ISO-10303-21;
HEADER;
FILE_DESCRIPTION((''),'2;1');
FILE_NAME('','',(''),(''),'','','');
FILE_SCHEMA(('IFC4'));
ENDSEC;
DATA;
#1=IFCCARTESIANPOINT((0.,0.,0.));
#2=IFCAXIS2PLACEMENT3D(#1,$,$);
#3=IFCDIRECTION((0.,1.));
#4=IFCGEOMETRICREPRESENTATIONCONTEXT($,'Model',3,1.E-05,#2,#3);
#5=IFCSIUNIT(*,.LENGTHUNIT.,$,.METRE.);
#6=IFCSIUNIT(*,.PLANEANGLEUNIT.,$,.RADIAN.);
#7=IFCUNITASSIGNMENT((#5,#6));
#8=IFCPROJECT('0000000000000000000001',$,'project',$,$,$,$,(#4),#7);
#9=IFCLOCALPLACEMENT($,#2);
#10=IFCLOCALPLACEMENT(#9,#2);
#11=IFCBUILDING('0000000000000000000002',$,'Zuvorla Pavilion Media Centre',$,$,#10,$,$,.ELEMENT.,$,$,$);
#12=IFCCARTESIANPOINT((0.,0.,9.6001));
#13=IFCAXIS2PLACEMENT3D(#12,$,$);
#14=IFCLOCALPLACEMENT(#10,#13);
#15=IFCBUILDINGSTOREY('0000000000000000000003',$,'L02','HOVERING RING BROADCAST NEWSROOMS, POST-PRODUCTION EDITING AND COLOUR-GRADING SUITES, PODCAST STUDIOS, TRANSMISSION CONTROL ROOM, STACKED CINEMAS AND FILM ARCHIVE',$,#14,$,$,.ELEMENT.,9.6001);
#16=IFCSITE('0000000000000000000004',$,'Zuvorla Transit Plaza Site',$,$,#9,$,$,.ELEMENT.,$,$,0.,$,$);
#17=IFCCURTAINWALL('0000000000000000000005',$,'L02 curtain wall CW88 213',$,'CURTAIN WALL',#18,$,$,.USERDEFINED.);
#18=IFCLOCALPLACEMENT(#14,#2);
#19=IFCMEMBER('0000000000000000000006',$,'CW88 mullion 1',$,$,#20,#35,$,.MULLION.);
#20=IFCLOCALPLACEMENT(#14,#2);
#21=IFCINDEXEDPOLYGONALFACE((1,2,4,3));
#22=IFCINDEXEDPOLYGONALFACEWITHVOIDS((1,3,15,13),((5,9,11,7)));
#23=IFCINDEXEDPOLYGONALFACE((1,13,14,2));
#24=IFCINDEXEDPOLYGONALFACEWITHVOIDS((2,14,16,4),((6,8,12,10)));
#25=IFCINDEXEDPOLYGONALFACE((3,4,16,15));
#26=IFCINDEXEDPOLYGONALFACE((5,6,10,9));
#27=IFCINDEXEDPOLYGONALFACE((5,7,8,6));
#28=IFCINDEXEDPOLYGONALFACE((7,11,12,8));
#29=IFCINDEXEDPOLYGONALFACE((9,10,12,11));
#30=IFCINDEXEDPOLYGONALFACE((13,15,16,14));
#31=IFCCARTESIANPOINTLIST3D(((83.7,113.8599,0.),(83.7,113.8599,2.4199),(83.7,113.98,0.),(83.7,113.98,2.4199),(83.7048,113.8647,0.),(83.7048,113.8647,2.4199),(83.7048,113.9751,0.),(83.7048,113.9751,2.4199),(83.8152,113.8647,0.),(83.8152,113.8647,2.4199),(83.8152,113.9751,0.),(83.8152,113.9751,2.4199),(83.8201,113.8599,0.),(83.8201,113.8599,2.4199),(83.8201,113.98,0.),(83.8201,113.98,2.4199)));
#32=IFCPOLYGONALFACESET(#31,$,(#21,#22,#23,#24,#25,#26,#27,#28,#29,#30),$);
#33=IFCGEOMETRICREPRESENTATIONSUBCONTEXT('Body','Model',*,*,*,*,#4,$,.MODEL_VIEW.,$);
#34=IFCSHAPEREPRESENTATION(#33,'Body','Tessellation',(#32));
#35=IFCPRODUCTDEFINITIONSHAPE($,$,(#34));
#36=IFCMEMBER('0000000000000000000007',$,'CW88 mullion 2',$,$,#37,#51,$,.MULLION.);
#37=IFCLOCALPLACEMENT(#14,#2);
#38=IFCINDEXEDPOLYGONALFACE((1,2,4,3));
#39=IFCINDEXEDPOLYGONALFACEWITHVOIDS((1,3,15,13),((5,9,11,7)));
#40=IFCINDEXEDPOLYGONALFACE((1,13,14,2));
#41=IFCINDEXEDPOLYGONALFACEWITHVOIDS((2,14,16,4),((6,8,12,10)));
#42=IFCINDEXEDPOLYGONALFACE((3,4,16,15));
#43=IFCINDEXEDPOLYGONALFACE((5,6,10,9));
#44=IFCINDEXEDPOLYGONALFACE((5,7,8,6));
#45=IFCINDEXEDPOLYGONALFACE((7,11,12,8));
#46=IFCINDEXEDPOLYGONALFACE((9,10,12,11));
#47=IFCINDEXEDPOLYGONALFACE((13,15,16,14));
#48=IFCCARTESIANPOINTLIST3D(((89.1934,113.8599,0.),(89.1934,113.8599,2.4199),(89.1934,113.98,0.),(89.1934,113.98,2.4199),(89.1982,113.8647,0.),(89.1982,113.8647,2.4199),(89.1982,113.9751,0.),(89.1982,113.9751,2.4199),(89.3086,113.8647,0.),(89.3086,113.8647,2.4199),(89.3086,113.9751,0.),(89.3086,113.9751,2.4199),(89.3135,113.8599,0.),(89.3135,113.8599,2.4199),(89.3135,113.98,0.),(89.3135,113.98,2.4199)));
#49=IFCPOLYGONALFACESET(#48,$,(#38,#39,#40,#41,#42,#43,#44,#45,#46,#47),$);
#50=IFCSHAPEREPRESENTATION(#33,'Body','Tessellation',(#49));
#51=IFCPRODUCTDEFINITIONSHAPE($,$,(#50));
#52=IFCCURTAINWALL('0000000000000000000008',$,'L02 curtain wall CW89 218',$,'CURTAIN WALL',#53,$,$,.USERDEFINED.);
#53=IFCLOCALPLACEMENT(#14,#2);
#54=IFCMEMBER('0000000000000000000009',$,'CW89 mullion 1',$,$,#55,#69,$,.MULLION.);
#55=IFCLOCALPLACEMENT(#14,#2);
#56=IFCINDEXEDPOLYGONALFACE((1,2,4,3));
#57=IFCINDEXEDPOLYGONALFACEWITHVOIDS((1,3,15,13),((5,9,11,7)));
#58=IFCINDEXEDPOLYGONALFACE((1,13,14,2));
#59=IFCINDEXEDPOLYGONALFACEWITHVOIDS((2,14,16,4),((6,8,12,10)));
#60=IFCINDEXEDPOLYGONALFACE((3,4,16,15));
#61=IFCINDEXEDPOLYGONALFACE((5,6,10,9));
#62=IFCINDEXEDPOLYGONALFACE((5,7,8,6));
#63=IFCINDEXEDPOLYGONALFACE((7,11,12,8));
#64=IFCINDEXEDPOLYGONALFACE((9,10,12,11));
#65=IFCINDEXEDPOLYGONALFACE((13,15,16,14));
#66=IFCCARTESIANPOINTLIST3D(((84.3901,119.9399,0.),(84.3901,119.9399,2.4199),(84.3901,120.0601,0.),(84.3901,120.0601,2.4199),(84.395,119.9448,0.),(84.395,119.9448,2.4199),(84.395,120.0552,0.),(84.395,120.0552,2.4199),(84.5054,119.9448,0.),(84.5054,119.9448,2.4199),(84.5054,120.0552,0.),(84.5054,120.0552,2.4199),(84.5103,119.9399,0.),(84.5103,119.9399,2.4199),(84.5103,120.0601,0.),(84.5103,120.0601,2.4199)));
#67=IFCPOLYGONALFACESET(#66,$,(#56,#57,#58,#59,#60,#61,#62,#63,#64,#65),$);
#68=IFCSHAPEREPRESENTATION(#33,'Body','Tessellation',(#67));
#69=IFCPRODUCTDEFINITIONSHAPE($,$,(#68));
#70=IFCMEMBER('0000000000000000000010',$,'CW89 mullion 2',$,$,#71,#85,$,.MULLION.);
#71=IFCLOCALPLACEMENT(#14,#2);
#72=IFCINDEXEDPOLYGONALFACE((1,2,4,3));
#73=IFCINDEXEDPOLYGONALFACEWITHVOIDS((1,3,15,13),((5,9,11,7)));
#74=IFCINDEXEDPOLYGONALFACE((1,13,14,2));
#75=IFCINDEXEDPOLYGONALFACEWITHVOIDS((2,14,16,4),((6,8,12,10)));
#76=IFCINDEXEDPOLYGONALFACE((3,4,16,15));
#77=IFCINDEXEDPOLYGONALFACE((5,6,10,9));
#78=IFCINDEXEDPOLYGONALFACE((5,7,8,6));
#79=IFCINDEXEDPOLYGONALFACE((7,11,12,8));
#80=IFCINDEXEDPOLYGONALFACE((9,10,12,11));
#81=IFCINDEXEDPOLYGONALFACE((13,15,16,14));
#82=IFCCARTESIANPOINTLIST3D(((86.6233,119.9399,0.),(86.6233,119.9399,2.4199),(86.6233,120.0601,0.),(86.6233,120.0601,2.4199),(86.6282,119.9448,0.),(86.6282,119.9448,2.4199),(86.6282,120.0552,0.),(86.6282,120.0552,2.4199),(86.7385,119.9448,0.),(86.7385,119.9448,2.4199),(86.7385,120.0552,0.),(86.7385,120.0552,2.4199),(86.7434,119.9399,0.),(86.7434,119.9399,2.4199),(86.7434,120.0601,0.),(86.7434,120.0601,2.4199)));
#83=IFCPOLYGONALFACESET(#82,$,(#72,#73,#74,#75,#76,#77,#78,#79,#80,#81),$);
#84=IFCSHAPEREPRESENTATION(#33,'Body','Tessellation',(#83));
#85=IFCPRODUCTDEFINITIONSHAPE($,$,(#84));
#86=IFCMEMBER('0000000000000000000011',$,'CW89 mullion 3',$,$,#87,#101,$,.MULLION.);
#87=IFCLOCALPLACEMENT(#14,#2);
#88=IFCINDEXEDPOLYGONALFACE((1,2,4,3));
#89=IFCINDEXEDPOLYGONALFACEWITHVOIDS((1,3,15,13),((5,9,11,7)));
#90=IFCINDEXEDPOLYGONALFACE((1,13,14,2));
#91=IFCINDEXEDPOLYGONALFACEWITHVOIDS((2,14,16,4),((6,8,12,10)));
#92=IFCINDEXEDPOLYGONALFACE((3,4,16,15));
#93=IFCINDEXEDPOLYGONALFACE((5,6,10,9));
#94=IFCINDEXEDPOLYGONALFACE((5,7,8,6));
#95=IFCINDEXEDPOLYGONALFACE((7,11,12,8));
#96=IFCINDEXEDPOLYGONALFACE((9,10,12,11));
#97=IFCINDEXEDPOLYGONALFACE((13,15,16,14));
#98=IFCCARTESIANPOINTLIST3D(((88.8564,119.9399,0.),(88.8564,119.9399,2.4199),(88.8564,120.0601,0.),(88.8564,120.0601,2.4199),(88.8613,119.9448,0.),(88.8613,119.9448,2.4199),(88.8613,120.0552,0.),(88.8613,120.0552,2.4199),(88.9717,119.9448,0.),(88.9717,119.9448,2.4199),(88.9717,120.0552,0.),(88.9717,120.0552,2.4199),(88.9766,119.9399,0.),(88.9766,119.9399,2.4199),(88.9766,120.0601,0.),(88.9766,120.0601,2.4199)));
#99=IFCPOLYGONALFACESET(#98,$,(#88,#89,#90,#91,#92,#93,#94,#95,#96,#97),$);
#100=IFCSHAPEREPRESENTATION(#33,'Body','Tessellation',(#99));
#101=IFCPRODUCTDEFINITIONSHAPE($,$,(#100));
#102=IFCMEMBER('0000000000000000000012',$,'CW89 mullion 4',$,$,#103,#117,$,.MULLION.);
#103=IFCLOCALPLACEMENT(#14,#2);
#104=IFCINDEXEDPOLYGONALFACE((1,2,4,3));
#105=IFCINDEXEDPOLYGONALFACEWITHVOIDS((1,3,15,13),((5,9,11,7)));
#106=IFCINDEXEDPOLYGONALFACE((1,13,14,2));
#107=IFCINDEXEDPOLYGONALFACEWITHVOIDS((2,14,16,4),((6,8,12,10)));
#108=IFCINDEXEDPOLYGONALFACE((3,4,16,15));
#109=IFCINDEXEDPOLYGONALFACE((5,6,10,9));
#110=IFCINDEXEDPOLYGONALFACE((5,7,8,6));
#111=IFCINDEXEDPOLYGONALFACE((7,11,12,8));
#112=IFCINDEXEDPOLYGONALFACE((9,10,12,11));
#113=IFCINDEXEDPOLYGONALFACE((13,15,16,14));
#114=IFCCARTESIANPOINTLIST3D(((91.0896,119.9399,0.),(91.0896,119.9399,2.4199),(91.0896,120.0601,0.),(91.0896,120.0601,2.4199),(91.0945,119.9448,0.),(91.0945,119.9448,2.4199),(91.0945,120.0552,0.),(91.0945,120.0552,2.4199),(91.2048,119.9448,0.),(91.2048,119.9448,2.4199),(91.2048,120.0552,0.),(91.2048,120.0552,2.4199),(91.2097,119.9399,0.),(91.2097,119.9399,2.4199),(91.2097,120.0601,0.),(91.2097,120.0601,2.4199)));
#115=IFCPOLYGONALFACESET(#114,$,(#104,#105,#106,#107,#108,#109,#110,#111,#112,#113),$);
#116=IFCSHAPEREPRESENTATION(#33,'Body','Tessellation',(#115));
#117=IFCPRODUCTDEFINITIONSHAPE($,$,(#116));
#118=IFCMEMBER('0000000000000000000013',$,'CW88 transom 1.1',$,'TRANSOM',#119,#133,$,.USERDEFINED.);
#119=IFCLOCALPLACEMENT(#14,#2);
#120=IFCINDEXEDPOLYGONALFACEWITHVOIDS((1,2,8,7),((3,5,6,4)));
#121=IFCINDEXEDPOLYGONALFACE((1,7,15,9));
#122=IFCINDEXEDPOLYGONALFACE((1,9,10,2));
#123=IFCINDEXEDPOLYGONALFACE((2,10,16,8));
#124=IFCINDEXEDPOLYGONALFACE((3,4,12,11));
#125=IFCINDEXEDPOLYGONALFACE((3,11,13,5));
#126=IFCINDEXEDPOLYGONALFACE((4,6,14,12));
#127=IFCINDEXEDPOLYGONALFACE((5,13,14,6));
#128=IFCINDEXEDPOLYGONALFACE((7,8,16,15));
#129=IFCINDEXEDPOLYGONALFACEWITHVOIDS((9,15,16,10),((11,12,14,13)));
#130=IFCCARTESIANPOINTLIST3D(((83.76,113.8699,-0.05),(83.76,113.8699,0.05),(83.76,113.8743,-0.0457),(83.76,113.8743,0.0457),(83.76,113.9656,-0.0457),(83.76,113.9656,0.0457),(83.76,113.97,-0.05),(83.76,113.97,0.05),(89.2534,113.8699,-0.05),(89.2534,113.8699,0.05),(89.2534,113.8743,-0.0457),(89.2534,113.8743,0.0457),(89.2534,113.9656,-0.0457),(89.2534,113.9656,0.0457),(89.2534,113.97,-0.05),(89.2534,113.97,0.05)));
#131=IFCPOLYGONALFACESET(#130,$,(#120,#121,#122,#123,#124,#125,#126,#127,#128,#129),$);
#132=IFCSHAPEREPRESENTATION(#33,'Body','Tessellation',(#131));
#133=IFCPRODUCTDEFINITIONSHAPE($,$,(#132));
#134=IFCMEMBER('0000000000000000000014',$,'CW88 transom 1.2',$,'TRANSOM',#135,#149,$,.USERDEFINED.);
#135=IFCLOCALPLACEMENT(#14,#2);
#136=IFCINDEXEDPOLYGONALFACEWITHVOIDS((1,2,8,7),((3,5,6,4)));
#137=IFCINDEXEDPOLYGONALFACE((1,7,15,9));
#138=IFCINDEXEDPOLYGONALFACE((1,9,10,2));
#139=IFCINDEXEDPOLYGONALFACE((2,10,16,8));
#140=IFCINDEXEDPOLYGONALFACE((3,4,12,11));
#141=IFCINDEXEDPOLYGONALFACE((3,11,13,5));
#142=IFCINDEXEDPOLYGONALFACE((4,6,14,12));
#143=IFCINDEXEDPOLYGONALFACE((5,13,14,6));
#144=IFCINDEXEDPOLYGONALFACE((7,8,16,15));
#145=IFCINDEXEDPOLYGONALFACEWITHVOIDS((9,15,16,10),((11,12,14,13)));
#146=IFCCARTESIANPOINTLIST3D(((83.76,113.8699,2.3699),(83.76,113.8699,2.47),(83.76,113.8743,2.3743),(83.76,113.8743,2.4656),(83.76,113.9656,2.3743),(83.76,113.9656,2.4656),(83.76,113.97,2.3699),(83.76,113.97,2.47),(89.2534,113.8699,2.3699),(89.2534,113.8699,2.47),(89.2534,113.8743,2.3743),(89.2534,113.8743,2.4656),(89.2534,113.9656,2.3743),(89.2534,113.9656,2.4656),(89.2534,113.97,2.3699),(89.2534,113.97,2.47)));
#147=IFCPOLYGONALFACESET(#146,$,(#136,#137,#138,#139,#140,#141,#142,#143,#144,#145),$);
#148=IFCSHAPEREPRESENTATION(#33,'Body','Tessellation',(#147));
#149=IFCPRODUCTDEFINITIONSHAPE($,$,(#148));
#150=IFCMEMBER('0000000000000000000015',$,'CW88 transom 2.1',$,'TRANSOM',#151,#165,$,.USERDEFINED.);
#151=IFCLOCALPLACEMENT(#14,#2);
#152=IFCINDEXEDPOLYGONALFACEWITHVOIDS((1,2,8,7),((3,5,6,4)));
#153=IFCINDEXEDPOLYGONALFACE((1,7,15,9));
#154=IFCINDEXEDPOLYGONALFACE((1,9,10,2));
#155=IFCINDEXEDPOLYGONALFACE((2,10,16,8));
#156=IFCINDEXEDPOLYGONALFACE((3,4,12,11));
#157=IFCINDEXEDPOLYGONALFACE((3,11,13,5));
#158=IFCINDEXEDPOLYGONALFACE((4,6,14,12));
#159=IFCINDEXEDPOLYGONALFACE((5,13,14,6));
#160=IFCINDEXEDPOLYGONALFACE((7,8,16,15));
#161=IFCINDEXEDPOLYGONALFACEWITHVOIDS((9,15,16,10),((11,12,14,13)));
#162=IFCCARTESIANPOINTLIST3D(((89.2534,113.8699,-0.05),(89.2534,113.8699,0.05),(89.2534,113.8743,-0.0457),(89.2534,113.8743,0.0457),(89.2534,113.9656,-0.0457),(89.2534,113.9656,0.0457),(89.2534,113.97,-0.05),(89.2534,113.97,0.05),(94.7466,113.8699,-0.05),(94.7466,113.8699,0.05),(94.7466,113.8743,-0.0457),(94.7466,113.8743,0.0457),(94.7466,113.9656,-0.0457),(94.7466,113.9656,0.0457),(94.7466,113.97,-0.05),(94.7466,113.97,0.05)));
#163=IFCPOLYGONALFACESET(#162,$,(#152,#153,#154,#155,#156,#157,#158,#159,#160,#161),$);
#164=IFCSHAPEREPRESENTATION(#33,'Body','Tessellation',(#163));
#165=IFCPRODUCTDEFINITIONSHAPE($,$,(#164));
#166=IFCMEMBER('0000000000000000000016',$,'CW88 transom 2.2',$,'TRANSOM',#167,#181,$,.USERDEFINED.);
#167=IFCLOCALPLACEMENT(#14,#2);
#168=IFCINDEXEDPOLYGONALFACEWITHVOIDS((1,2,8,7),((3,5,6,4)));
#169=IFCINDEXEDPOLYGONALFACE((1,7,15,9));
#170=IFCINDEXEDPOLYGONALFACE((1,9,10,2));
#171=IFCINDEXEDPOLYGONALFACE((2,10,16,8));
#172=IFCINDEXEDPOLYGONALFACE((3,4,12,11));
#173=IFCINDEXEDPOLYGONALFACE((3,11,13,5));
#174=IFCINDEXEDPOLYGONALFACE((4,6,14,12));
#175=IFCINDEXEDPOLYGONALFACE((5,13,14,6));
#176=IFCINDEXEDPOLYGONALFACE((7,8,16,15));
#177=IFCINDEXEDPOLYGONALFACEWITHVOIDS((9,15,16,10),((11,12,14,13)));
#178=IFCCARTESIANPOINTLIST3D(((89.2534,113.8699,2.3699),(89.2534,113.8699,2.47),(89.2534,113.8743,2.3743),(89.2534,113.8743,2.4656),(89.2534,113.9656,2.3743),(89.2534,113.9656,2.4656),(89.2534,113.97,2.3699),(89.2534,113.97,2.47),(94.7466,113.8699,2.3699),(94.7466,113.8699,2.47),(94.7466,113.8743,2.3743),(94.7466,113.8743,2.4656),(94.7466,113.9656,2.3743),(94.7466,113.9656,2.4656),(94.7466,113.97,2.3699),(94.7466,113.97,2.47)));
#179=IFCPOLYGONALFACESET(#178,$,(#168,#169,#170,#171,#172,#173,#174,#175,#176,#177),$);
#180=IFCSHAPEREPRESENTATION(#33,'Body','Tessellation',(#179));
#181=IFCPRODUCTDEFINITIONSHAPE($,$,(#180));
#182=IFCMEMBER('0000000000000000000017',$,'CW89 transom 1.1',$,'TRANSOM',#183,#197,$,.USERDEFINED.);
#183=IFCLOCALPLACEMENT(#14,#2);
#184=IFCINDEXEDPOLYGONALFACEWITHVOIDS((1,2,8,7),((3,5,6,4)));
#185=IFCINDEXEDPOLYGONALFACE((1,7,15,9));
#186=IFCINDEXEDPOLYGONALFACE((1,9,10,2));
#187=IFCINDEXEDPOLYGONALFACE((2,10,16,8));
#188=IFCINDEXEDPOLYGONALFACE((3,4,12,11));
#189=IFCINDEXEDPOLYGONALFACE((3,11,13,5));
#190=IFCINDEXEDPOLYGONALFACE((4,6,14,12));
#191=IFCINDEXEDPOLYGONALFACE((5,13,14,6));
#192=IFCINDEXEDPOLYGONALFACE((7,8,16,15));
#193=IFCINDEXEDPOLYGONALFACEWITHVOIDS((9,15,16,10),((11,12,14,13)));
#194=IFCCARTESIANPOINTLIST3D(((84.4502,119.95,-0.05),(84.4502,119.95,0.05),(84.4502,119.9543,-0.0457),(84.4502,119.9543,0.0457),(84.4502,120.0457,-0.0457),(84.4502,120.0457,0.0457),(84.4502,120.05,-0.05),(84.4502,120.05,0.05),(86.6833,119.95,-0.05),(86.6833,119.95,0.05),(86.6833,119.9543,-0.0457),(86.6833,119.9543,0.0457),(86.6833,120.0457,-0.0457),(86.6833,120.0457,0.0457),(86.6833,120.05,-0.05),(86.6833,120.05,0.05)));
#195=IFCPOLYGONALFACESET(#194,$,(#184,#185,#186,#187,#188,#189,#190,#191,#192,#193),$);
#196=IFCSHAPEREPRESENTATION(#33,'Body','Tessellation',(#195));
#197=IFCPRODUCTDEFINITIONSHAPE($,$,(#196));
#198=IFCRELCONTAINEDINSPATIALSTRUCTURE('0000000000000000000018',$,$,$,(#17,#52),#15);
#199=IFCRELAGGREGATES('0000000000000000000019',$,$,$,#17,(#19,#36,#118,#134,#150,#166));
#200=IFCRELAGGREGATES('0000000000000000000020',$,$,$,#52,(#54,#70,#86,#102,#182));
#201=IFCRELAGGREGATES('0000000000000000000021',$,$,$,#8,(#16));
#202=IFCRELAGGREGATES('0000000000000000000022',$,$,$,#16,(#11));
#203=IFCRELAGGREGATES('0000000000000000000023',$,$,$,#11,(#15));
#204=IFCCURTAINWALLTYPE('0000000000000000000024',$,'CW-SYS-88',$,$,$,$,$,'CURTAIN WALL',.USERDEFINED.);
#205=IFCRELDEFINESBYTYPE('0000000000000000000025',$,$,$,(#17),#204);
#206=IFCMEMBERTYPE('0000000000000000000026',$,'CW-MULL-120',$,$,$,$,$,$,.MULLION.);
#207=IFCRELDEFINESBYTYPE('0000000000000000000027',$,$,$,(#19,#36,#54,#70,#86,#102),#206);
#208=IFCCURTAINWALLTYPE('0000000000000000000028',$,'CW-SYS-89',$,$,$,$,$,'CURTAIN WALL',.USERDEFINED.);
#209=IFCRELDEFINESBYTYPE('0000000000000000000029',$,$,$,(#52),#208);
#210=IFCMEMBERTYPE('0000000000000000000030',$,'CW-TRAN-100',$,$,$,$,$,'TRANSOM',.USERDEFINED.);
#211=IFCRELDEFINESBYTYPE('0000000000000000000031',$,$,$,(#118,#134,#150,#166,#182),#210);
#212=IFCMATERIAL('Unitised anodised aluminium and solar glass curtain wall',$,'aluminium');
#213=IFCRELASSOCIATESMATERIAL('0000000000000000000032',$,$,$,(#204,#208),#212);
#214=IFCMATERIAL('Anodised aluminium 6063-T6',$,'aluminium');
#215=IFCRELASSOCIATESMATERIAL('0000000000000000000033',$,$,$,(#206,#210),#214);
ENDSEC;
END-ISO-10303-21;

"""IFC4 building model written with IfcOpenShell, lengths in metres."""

from ifc_helpers import new_model, si_unit, direction, frame, origin, origin_2d, place, context, subcontext, project, spatial, hollow_rectangle, extrude, material, material_profile, profile_set, type_object, element, aggregate, save


model = new_model("IFC4")

# Units and contexts
model_context = context("Model", 3, precision=1e-05, world=origin(), true_north=direction((0.0, 1.0)))
body_context = subcontext(model_context, "Body", "Model", "MODEL_VIEW")
ifc_project = project(units=[si_unit("LENGTHUNIT", "METRE"), si_unit("PLANEANGLEUNIT", "RADIAN")], contexts=[model_context])

# Site, building, storey
site_placement = place(None, origin())
site = spatial("IfcSite", under=ifc_project, at=site_placement, Name="Zuvorla Transit Plaza Site", CompositionType="ELEMENT", RefElevation=0.0)
building_placement = place(site_placement, origin())
building = spatial("IfcBuilding", under=site, at=building_placement, Name="Zuvorla Pavilion Media Centre", CompositionType="ELEMENT")
storey_placement = place(building_placement, frame((0.0, 0.0, 9.6001)))
storey = spatial("IfcBuildingStorey", under=building, at=storey_placement, Name="L02", Description="HOVERING RING BROADCAST NEWSROOMS, POST-PRODUCTION EDITING AND COLOUR-GRADING SUITES, PODCAST STUDIOS, TRANSMISSION CONTROL ROOM, STACKED CINEMAS AND FILM ARCHIVE", CompositionType="ELEMENT", Elevation=9.6001)

# Curtain walls, members
ifc_material_1 = material(Name="Unitised anodised aluminium and solar glass curtain wall", Category="aluminium")
curtain_wall_type_1 = type_object("IfcCurtainWallType", Name="CW-SYS-88", ElementType="CURTAIN WALL", PredefinedType="USERDEFINED", material=ifc_material_1)
curtain_wall_1_placement = place(storey_placement, origin())
curtain_wall_1 = element("IfcCurtainWall", 1, at=curtain_wall_1_placement, inside=storey, type_object=curtain_wall_type_1, Name="L02 curtain wall CW88 213", ObjectType="CURTAIN WALL", PredefinedType="USERDEFINED")
ifc_material_2 = material(Name="Anodised aluminium 6063-T6", Category="aluminium")
ifc_material_profile_1 = material_profile(ifc_material_2, hollow_rectangle(XDim=0.1201, YDim=0.1201, WallThickness=0.0049, at=origin_2d()), Name="ALU MULL 120x120")
ifc_profile_set_1 = profile_set([ifc_material_profile_1], Name="Anodised aluminium 6063-T6")
member_type_1 = type_object("IfcMemberType", Name="CW-MULL-120", PredefinedType="MULLION", material=ifc_profile_set_1)
member_1_placement = place(storey_placement, frame((83.76, 113.9199, 0.0), z_axis=(0.0, 0.0, 1.0), x_axis=(1.0, 0.0, 0.0)))
member_1 = element("IfcMember", 2, at=member_1_placement, type_object=member_type_1, Name="CW88 mullion 1", PredefinedType="MULLION", context=body_context, shape_type="SweptSolid", body=[
    extrude(hollow_rectangle(XDim=0.1201, YDim=0.1201, WallThickness=0.0049, at=origin_2d()), origin(), (0.0, 0.0, 1.0), 2.4199),
])
member_2_placement = place(storey_placement, frame((89.2534, 113.9199, 0.0), z_axis=(0.0, 0.0, 1.0), x_axis=(1.0, 0.0, 0.0)))
member_2 = element("IfcMember", 3, at=member_2_placement, type_object=member_type_1, Name="CW88 mullion 2", PredefinedType="MULLION", context=body_context, shape_type="SweptSolid", body=[
    extrude(hollow_rectangle(XDim=0.1201, YDim=0.1201, WallThickness=0.0049, at=origin_2d()), origin(), (0.0, 0.0, 1.0), 2.4199),
])
curtain_wall_type_2 = type_object("IfcCurtainWallType", Name="CW-SYS-89", ElementType="CURTAIN WALL", PredefinedType="USERDEFINED", material=ifc_material_1)
curtain_wall_2_placement = place(storey_placement, origin())
curtain_wall_2 = element("IfcCurtainWall", 4, at=curtain_wall_2_placement, inside=storey, type_object=curtain_wall_type_2, Name="L02 curtain wall CW89 218", ObjectType="CURTAIN WALL", PredefinedType="USERDEFINED")
member_3_placement = place(storey_placement, frame((84.4502, 120.0, 0.0), z_axis=(0.0, 0.0, 1.0), x_axis=(1.0, 0.0, 0.0)))
member_3 = element("IfcMember", 5, at=member_3_placement, type_object=member_type_1, Name="CW89 mullion 1", PredefinedType="MULLION", context=body_context, shape_type="SweptSolid", body=[
    extrude(hollow_rectangle(XDim=0.1201, YDim=0.1201, WallThickness=0.0049, at=origin_2d()), origin(), (0.0, 0.0, 1.0), 2.4199),
])
member_4_placement = place(storey_placement, frame((86.6833, 120.0, 0.0), z_axis=(0.0, 0.0, 1.0), x_axis=(1.0, 0.0, 0.0)))
member_4 = element("IfcMember", 6, at=member_4_placement, type_object=member_type_1, Name="CW89 mullion 2", PredefinedType="MULLION", context=body_context, shape_type="SweptSolid", body=[
    extrude(hollow_rectangle(XDim=0.1201, YDim=0.1201, WallThickness=0.0049, at=origin_2d()), origin(), (0.0, 0.0, 1.0), 2.4199),
])
member_5_placement = place(storey_placement, frame((88.9165, 120.0, 0.0), z_axis=(0.0, 0.0, 1.0), x_axis=(1.0, 0.0, 0.0)))
member_5 = element("IfcMember", 7, at=member_5_placement, type_object=member_type_1, Name="CW89 mullion 3", PredefinedType="MULLION", context=body_context, shape_type="SweptSolid", body=[
    extrude(hollow_rectangle(XDim=0.1201, YDim=0.1201, WallThickness=0.0049, at=origin_2d()), origin(), (0.0, 0.0, 1.0), 2.4199),
])
member_6_placement = place(storey_placement, frame((91.1497, 120.0, 0.0), z_axis=(0.0, 0.0, 1.0), x_axis=(1.0, 0.0, 0.0)))
member_6 = element("IfcMember", 8, at=member_6_placement, type_object=member_type_1, Name="CW89 mullion 4", PredefinedType="MULLION", context=body_context, shape_type="SweptSolid", body=[
    extrude(hollow_rectangle(XDim=0.1201, YDim=0.1201, WallThickness=0.0049, at=origin_2d()), origin(), (0.0, 0.0, 1.0), 2.4199),
])

# Members
ifc_material_profile_2 = material_profile(ifc_material_2, hollow_rectangle(XDim=0.1001, YDim=0.1001, WallThickness=0.0044, at=origin_2d()), Name="ALU TRAN 100x100")
ifc_profile_set_2 = profile_set([ifc_material_profile_2], Name="Anodised aluminium 6063-T6")
member_type_2 = type_object("IfcMemberType", Name="CW-TRAN-100", ElementType="TRANSOM", PredefinedType="USERDEFINED", material=ifc_profile_set_2)
member_7_placement = place(storey_placement, frame((83.76, 113.9199, 0.0), z_axis=(1.0, 0.0, 0.0), x_axis=(0.0, 1.0, 0.0)))
member_7 = element("IfcMember", 9, at=member_7_placement, type_object=member_type_2, Name="CW88 transom 1.1", ObjectType="TRANSOM", PredefinedType="USERDEFINED", context=body_context, shape_type="SweptSolid", body=[
    extrude(hollow_rectangle(XDim=0.1001, YDim=0.1001, WallThickness=0.0044, at=origin_2d()), origin(), (0.0, 0.0, 1.0), 5.4934),
])
member_8_placement = place(storey_placement, frame((83.76, 113.9199, 2.4199), z_axis=(1.0, 0.0, 0.0), x_axis=(0.0, 1.0, 0.0)))
member_8 = element("IfcMember", 10, at=member_8_placement, type_object=member_type_2, Name="CW88 transom 1.2", ObjectType="TRANSOM", PredefinedType="USERDEFINED", context=body_context, shape_type="SweptSolid", body=[
    extrude(hollow_rectangle(XDim=0.1001, YDim=0.1001, WallThickness=0.0044, at=origin_2d()), origin(), (0.0, 0.0, 1.0), 5.4934),
])
member_9_placement = place(storey_placement, frame((89.2534, 113.9199, 0.0), z_axis=(1.0, 0.0, 0.0), x_axis=(0.0, 1.0, 0.0)))
member_9 = element("IfcMember", 11, at=member_9_placement, type_object=member_type_2, Name="CW88 transom 2.1", ObjectType="TRANSOM", PredefinedType="USERDEFINED", context=body_context, shape_type="SweptSolid", body=[
    extrude(hollow_rectangle(XDim=0.1001, YDim=0.1001, WallThickness=0.0044, at=origin_2d()), origin(), (0.0, 0.0, 1.0), 5.4932),
])
member_10_placement = place(storey_placement, frame((89.2534, 113.9199, 2.4199), z_axis=(1.0, 0.0, 0.0), x_axis=(0.0, 1.0, 0.0)))
member_10 = element("IfcMember", 12, at=member_10_placement, type_object=member_type_2, Name="CW88 transom 2.2", ObjectType="TRANSOM", PredefinedType="USERDEFINED", context=body_context, shape_type="SweptSolid", body=[
    extrude(hollow_rectangle(XDim=0.1001, YDim=0.1001, WallThickness=0.0044, at=origin_2d()), origin(), (0.0, 0.0, 1.0), 5.4932),
])
member_11_placement = place(storey_placement, frame((84.4502, 120.0, 0.0), z_axis=(1.0, 0.0, 0.0), x_axis=(0.0, 1.0, 0.0)))
member_11 = element("IfcMember", 13, at=member_11_placement, type_object=member_type_2, Name="CW89 transom 1.1", ObjectType="TRANSOM", PredefinedType="USERDEFINED", context=body_context, shape_type="SweptSolid", body=[
    extrude(hollow_rectangle(XDim=0.1001, YDim=0.1001, WallThickness=0.0044, at=origin_2d()), origin(), (0.0, 0.0, 1.0), 2.2332),
])

aggregate(curtain_wall_1, [member_1, member_2, member_7, member_8, member_9, member_10])
aggregate(curtain_wall_2, [member_3, member_4, member_5, member_6, member_11])

save(model, "model.ifc")
